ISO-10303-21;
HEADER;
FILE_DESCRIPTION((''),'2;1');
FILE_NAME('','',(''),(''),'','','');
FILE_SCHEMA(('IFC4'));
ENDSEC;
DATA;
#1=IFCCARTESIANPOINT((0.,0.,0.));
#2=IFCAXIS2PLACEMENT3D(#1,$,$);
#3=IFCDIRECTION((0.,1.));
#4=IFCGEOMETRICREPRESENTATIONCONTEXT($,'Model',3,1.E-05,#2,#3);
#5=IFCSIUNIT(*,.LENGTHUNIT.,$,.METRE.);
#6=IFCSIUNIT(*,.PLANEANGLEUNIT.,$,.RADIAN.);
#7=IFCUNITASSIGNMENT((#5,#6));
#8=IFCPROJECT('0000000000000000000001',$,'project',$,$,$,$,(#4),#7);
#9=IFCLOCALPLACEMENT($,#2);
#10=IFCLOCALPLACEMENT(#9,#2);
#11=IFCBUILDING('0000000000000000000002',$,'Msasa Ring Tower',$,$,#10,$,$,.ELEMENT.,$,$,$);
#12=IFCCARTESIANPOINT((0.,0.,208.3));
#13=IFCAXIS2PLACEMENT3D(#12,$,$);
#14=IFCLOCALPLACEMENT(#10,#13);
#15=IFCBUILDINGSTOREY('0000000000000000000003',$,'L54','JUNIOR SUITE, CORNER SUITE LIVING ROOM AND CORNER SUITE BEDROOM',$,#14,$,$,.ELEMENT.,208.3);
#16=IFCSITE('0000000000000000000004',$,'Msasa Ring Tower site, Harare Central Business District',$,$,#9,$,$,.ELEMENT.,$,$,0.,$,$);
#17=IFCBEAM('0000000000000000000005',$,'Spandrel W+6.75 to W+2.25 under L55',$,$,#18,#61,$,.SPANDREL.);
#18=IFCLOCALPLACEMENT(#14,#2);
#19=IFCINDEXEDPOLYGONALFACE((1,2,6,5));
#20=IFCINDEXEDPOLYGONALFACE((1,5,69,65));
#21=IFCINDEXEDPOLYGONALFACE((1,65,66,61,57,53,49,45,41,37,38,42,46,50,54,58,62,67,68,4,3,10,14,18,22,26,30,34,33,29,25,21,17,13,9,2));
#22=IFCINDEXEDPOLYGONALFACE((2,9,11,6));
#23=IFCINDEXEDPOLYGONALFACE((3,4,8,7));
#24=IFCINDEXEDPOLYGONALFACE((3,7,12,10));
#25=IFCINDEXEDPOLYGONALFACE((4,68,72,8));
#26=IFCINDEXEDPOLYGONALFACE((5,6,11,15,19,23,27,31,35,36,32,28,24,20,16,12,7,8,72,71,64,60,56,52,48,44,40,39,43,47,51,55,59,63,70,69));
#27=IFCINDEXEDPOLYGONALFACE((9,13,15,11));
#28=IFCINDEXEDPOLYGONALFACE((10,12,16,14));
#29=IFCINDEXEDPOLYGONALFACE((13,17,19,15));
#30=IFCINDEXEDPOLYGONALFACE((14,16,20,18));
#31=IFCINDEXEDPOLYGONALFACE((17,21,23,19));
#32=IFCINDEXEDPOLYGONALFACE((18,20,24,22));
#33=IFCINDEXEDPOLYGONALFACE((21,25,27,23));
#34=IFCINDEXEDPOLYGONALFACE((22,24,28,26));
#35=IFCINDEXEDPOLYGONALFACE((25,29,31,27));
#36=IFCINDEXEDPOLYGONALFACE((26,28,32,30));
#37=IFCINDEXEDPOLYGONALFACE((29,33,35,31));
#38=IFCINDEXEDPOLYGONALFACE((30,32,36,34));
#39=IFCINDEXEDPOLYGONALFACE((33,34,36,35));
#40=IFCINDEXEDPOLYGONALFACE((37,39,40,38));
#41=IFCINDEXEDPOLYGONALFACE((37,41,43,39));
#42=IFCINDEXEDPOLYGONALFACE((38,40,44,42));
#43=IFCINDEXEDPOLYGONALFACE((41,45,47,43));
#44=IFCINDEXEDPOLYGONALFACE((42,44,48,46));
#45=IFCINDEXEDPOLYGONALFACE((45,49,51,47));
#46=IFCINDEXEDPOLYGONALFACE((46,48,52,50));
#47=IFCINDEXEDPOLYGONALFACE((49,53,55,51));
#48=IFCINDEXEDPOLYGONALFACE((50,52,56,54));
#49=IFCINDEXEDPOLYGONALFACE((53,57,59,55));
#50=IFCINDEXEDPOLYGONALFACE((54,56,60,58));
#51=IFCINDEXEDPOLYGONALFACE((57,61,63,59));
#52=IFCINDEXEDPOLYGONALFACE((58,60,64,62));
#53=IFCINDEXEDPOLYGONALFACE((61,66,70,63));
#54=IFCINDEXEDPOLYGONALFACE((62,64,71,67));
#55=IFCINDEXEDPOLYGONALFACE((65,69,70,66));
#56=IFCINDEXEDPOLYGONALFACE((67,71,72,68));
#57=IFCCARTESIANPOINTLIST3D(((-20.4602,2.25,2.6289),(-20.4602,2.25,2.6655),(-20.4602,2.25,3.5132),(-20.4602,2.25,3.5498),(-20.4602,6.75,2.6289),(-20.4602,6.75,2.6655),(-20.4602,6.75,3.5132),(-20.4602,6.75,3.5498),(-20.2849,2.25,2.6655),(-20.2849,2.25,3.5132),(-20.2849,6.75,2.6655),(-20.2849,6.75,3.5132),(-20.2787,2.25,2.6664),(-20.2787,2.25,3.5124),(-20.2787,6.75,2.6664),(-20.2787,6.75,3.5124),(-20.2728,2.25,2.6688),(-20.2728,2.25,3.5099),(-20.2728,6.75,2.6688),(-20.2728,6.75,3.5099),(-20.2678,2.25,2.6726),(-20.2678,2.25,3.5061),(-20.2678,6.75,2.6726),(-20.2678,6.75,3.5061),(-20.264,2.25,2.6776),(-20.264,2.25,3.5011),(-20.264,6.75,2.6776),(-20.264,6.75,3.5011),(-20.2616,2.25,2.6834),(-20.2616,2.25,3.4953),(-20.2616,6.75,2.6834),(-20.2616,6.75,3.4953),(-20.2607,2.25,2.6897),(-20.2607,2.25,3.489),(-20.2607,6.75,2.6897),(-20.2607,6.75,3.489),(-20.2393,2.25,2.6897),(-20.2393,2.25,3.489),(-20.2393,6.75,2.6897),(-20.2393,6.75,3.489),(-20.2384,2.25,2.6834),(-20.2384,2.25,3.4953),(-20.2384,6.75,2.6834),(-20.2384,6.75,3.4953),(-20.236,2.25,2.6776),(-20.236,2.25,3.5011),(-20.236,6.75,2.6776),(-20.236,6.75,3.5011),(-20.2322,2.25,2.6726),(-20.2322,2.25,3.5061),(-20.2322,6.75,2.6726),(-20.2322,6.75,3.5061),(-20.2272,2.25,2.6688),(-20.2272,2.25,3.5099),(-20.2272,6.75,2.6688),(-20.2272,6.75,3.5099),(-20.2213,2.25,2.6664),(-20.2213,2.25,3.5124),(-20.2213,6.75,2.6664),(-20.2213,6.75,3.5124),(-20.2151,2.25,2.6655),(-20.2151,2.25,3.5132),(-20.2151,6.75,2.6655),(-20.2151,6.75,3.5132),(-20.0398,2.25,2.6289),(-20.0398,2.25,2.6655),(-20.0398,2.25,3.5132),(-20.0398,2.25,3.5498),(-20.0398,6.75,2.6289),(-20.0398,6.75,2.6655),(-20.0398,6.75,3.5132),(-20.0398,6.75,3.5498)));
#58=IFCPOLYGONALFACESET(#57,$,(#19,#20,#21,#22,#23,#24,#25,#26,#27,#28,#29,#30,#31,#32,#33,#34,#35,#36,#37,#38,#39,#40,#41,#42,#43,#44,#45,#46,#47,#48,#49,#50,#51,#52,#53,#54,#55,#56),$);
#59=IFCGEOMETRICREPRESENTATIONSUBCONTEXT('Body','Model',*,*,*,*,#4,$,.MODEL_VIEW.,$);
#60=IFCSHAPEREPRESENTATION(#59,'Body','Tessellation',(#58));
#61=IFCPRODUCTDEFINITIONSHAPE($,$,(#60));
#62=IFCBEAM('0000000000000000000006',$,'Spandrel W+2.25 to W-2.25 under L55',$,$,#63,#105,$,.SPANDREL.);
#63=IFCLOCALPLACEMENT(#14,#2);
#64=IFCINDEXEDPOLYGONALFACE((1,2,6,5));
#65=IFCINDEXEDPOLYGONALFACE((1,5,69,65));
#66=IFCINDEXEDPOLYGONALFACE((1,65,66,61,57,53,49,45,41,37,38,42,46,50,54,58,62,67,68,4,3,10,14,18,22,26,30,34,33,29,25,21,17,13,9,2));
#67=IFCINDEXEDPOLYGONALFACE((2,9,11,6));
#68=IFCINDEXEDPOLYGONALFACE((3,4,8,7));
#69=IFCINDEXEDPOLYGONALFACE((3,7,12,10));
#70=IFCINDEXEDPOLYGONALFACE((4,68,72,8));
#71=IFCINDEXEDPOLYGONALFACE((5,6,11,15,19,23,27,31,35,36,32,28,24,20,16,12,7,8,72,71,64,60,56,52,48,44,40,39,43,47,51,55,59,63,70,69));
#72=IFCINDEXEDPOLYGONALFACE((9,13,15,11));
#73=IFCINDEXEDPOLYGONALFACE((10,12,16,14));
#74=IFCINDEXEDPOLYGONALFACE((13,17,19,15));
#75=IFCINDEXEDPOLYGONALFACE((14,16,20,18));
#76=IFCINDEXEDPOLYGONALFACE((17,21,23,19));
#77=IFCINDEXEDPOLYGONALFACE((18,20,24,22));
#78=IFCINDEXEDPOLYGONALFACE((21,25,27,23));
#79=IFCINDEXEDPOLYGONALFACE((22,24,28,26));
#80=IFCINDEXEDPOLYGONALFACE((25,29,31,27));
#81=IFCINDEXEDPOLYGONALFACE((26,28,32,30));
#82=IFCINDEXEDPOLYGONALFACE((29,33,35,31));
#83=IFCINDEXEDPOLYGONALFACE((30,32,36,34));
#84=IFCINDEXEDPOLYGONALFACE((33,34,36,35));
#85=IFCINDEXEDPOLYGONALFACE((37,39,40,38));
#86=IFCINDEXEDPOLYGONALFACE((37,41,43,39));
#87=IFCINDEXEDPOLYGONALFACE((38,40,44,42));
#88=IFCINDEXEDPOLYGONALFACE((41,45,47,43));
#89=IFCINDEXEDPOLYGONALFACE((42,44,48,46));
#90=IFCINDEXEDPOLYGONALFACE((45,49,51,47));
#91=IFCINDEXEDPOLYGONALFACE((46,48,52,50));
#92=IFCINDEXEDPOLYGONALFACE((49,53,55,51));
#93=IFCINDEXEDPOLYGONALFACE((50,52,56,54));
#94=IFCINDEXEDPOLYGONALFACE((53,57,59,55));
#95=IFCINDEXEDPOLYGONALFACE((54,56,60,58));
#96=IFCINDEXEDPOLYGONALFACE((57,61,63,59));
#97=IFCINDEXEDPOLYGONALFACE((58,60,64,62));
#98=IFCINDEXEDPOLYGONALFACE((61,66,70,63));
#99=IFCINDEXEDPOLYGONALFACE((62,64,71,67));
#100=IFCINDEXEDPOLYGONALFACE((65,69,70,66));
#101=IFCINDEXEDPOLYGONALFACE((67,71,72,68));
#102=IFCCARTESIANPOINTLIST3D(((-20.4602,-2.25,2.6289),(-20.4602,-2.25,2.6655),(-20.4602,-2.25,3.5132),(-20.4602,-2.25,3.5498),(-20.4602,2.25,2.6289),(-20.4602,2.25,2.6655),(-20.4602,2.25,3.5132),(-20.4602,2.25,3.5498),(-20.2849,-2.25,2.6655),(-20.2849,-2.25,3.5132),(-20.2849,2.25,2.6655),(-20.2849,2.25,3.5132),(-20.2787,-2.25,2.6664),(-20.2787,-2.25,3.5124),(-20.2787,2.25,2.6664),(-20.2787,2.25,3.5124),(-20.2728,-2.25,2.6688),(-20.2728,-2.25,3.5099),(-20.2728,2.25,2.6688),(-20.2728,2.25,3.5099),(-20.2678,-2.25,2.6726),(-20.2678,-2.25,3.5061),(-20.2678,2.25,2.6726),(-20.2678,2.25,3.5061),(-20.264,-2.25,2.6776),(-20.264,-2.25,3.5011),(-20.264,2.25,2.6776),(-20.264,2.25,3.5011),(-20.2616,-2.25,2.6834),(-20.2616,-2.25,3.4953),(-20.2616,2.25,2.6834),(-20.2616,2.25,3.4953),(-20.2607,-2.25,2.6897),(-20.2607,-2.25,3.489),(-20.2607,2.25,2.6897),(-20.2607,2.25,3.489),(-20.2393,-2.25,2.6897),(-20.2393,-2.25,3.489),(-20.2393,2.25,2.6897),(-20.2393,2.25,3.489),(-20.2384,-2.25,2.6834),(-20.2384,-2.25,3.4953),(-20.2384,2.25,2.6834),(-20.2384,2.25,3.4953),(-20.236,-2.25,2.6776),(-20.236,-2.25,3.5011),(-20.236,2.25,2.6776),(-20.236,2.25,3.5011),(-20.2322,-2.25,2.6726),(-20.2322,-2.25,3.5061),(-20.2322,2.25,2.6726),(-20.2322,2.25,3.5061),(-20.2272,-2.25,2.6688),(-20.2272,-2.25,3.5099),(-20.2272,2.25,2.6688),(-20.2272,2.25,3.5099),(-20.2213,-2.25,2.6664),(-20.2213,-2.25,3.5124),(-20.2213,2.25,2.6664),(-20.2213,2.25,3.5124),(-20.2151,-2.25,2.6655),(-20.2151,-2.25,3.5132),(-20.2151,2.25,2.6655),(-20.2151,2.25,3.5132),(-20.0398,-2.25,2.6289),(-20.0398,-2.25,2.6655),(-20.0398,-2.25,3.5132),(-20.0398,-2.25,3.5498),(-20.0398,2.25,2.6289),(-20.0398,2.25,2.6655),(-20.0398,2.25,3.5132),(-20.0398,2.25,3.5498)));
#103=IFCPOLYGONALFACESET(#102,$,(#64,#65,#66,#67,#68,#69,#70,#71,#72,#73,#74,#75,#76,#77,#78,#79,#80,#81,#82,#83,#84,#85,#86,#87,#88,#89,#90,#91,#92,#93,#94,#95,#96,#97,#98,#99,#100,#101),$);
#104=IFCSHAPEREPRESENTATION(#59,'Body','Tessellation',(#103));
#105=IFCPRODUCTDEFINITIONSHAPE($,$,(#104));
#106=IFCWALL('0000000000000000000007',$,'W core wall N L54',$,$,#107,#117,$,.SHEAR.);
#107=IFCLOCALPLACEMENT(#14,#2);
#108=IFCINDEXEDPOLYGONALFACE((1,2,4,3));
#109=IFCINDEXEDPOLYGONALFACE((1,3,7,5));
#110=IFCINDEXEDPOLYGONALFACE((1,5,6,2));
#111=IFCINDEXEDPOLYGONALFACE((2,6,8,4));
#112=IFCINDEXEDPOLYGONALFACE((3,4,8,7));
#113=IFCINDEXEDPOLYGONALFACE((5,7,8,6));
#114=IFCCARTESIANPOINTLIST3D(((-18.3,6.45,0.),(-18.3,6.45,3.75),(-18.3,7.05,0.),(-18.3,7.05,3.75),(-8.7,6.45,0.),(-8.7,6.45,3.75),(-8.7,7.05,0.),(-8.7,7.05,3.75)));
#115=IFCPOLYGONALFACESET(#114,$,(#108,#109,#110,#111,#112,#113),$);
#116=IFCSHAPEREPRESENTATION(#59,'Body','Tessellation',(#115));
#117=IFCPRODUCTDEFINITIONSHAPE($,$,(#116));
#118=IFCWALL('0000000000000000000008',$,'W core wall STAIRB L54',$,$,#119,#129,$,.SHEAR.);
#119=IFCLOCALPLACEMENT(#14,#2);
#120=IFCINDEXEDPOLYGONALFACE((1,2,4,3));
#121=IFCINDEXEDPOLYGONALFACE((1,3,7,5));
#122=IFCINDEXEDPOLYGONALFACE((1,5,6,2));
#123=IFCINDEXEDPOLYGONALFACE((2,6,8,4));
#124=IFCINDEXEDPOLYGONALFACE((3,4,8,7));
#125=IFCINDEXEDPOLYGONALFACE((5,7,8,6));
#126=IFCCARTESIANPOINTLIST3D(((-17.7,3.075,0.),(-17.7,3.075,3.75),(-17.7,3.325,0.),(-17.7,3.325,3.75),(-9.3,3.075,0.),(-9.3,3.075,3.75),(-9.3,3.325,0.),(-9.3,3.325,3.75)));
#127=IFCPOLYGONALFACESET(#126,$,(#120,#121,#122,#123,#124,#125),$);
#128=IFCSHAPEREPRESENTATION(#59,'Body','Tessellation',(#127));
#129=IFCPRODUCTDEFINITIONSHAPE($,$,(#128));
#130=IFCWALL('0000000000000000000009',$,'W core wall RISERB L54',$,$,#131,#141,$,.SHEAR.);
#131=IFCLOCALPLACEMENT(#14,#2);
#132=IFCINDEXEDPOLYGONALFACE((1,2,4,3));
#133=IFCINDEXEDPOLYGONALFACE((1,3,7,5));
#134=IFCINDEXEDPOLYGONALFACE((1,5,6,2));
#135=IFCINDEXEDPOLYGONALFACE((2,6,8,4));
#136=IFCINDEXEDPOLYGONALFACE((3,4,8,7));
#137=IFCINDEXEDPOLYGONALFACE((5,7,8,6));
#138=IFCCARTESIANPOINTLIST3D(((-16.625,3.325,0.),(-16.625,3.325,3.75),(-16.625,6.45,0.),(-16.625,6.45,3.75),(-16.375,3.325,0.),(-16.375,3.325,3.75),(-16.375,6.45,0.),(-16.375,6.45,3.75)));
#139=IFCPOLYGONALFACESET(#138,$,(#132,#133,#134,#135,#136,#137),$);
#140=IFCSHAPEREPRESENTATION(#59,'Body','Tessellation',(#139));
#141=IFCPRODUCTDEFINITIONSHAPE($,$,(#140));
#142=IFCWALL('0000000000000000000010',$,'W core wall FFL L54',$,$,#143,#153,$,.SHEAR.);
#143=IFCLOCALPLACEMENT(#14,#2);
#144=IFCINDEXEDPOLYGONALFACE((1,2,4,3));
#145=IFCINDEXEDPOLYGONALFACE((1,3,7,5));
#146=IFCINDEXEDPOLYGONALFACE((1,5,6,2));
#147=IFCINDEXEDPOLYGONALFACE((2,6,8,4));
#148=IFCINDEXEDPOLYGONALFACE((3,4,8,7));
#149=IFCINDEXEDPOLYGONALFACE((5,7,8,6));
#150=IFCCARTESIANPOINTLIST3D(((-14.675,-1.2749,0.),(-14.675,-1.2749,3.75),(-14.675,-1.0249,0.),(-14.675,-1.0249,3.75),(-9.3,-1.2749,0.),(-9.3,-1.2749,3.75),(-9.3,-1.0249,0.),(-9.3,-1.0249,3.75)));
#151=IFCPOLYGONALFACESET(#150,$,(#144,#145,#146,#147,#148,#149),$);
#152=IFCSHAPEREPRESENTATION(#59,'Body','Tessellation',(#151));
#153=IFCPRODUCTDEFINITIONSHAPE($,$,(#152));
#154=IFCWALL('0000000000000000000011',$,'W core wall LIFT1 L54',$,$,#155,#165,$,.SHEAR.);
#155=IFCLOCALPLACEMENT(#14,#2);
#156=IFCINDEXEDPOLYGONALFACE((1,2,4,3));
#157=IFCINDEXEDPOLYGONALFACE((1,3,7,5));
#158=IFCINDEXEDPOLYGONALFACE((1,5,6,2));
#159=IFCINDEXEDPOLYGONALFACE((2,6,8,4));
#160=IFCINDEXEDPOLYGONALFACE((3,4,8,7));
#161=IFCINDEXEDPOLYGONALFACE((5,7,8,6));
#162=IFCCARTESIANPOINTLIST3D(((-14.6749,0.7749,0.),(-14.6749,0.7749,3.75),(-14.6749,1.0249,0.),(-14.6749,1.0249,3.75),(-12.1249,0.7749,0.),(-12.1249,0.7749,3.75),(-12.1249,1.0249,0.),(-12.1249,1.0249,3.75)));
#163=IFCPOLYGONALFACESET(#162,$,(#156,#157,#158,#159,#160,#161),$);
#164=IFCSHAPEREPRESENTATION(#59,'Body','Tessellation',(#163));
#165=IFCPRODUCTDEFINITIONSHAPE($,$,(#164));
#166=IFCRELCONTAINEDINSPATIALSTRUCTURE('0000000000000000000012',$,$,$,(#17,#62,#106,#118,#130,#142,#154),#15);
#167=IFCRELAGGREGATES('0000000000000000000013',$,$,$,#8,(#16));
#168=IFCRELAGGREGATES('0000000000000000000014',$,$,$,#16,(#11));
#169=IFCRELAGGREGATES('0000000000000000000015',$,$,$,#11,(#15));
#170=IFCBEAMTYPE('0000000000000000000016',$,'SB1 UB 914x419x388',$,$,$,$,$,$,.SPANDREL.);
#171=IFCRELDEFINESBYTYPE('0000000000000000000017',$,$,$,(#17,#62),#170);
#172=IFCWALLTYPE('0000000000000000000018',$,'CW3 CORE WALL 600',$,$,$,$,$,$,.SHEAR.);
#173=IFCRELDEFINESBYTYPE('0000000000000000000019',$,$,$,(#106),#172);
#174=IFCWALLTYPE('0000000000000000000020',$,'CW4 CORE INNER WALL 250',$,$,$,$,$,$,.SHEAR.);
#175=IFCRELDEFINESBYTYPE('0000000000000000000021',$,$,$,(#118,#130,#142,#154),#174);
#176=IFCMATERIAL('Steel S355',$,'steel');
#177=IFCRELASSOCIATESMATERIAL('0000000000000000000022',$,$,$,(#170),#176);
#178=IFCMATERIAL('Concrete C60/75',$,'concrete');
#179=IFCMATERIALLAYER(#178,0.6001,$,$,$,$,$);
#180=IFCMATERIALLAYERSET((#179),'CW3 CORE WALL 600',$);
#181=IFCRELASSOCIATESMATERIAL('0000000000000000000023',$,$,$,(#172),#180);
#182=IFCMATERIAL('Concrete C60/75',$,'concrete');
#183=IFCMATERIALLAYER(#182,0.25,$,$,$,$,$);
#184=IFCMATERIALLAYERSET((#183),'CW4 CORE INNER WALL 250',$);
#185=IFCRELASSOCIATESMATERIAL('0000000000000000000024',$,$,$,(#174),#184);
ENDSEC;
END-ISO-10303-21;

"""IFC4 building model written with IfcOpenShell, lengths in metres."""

from ifc_helpers import new_model, si_unit, direction, frame, frame_2d, origin, origin_2d, place, context, subcontext, project, spatial, rectangle, i_section, extrude, material, layer, layer_set, material_profile, profile_set, type_object, element, save


model = new_model("IFC4")

# Units and contexts
model_context = context("Model", 3, precision=1e-05, world=origin(), true_north=direction((0.0, 1.0)))
body_context = subcontext(model_context, "Body", "Model", "MODEL_VIEW")
ifc_project = project(units=[si_unit("LENGTHUNIT", "METRE"), si_unit("PLANEANGLEUNIT", "RADIAN")], contexts=[model_context])

# Site, building, storey
site_placement = place(None, origin())
site = spatial("IfcSite", under=ifc_project, at=site_placement, Name="Msasa Ring Tower site, Harare Central Business District", CompositionType="ELEMENT", RefElevation=0.0)
building_placement = place(site_placement, origin())
building = spatial("IfcBuilding", under=site, at=building_placement, Name="Msasa Ring Tower", CompositionType="ELEMENT")
storey_placement = place(building_placement, frame((0.0, 0.0, 208.3)))
storey = spatial("IfcBuildingStorey", under=building, at=storey_placement, Name="L54", Description="JUNIOR SUITE, CORNER SUITE LIVING ROOM AND CORNER SUITE BEDROOM", CompositionType="ELEMENT", Elevation=208.3)

# Beams
ifc_material_1 = material(Name="Steel S355", Category="steel")
ifc_material_profile_1 = material_profile(ifc_material_1, i_section(OverallWidth=0.4204, OverallDepth=0.9209, WebThickness=0.0215, FlangeThickness=0.0366, FilletRadius=0.0242, at=origin_2d()), Name="UB 914x419x388")
ifc_profile_set_1 = profile_set([ifc_material_profile_1], Name="Steel S355")
beam_type_1 = type_object("IfcBeamType", Name="SB1 UB 914x419x388", PredefinedType="SPANDREL", material=ifc_profile_set_1)
for number, where, z_axis, x_axis, name in (
    (1, (-20.25, 6.75, 3.0894), (0.0, -1.0, 0.0), (1.0, 0.0, 0.0), "Spandrel W+6.75 to W+2.25 under L55"),
    (2, (-20.25, 2.25, 3.0894), (0.0, -1.0, 0.0), (1.0, 0.0, 0.0), "Spandrel W+2.25 to W-2.25 under L55"),
):
    element("IfcBeam", number, at=place(storey_placement, frame(where, z_axis=z_axis, x_axis=x_axis)), inside=storey, type_object=beam_type_1, Name=name, PredefinedType="SPANDREL", context=body_context, shape_type="SweptSolid", body=[
        extrude(i_section(OverallWidth=0.4204, OverallDepth=0.9209, WebThickness=0.0215, FlangeThickness=0.0366, FilletRadius=0.0242, at=origin_2d()), origin(), (0.0, 0.0, 1.0), 4.5),
    ])

# Walls
ifc_material_2 = material(Name="Concrete C60/75", Category="concrete")
ifc_layer_1 = layer(ifc_material_2, 0.6001)
ifc_layer_set_1 = layer_set([ifc_layer_1], Name="CW3 CORE WALL 600")
wall_type_1 = type_object("IfcWallType", Name="CW3 CORE WALL 600", PredefinedType="SHEAR", material=ifc_layer_set_1)
wall_1_placement = place(storey_placement, frame((-8.7, 6.75, 0.0), z_axis=(0.0, 0.0, 1.0), x_axis=(-1.0, 0.0, 0.0)))
element("IfcWall", 3, at=wall_1_placement, inside=storey, type_object=wall_type_1, Name="W core wall N L54", PredefinedType="SHEAR", context=body_context, shape_type="SweptSolid", body=[
    extrude(rectangle(XDim=9.6001, YDim=0.6001, at=frame_2d((4.8, 0.0))), origin(), (0.0, 0.0, 1.0), 3.75),
])
ifc_material_3 = material(Name="Concrete C60/75", Category="concrete")
ifc_layer_2 = layer(ifc_material_3, 0.25)
ifc_layer_set_2 = layer_set([ifc_layer_2], Name="CW4 CORE INNER WALL 250")
wall_type_2 = type_object("IfcWallType", Name="CW4 CORE INNER WALL 250", PredefinedType="SHEAR", material=ifc_layer_set_2)
wall_2_placement = place(storey_placement, frame((-9.3, 3.2, 0.0), z_axis=(0.0, 0.0, 1.0), x_axis=(-1.0, 0.0, 0.0)))
element("IfcWall", 4, at=wall_2_placement, inside=storey, type_object=wall_type_2, Name="W core wall STAIRB L54", PredefinedType="SHEAR", context=body_context, shape_type="SweptSolid", body=[
    extrude(rectangle(XDim=8.3999, YDim=0.25, at=frame_2d((4.2, 0.0))), origin(), (0.0, 0.0, 1.0), 3.75),
])
wall_3_placement = place(storey_placement, frame((-16.5, 3.325, 0.0), z_axis=(0.0, 0.0, 1.0), x_axis=(0.0, 1.0, 0.0)))
element("IfcWall", 5, at=wall_3_placement, inside=storey, type_object=wall_type_2, Name="W core wall RISERB L54", PredefinedType="SHEAR", context=body_context, shape_type="SweptSolid", body=[
    extrude(rectangle(XDim=3.125, YDim=0.25, at=frame_2d((1.5625, 0.0))), origin(), (0.0, 0.0, 1.0), 3.75),
])
wall_4_placement = place(storey_placement, frame((-9.3, -1.1499, 0.0), z_axis=(0.0, 0.0, 1.0), x_axis=(-1.0, 0.0, 0.0)))
element("IfcWall", 6, at=wall_4_placement, inside=storey, type_object=wall_type_2, Name="W core wall FFL L54", PredefinedType="SHEAR", context=body_context, shape_type="SweptSolid", body=[
    extrude(rectangle(XDim=5.375, YDim=0.25, at=frame_2d((2.6875, 0.0))), origin(), (0.0, 0.0, 1.0), 3.75),
])
wall_5_placement = place(storey_placement, frame((-12.125, 0.8999, 0.0), z_axis=(0.0, 0.0, 1.0), x_axis=(-1.0, 0.0, 0.0)))
element("IfcWall", 7, at=wall_5_placement, inside=storey, type_object=wall_type_2, Name="W core wall LIFT1 L54", PredefinedType="SHEAR", context=body_context, shape_type="SweptSolid", body=[
    extrude(rectangle(XDim=2.55, YDim=0.25, at=frame_2d((1.2749, 0.0))), origin(), (0.0, 0.0, 1.0), 3.75),
])

save(model, "model.ifc")
